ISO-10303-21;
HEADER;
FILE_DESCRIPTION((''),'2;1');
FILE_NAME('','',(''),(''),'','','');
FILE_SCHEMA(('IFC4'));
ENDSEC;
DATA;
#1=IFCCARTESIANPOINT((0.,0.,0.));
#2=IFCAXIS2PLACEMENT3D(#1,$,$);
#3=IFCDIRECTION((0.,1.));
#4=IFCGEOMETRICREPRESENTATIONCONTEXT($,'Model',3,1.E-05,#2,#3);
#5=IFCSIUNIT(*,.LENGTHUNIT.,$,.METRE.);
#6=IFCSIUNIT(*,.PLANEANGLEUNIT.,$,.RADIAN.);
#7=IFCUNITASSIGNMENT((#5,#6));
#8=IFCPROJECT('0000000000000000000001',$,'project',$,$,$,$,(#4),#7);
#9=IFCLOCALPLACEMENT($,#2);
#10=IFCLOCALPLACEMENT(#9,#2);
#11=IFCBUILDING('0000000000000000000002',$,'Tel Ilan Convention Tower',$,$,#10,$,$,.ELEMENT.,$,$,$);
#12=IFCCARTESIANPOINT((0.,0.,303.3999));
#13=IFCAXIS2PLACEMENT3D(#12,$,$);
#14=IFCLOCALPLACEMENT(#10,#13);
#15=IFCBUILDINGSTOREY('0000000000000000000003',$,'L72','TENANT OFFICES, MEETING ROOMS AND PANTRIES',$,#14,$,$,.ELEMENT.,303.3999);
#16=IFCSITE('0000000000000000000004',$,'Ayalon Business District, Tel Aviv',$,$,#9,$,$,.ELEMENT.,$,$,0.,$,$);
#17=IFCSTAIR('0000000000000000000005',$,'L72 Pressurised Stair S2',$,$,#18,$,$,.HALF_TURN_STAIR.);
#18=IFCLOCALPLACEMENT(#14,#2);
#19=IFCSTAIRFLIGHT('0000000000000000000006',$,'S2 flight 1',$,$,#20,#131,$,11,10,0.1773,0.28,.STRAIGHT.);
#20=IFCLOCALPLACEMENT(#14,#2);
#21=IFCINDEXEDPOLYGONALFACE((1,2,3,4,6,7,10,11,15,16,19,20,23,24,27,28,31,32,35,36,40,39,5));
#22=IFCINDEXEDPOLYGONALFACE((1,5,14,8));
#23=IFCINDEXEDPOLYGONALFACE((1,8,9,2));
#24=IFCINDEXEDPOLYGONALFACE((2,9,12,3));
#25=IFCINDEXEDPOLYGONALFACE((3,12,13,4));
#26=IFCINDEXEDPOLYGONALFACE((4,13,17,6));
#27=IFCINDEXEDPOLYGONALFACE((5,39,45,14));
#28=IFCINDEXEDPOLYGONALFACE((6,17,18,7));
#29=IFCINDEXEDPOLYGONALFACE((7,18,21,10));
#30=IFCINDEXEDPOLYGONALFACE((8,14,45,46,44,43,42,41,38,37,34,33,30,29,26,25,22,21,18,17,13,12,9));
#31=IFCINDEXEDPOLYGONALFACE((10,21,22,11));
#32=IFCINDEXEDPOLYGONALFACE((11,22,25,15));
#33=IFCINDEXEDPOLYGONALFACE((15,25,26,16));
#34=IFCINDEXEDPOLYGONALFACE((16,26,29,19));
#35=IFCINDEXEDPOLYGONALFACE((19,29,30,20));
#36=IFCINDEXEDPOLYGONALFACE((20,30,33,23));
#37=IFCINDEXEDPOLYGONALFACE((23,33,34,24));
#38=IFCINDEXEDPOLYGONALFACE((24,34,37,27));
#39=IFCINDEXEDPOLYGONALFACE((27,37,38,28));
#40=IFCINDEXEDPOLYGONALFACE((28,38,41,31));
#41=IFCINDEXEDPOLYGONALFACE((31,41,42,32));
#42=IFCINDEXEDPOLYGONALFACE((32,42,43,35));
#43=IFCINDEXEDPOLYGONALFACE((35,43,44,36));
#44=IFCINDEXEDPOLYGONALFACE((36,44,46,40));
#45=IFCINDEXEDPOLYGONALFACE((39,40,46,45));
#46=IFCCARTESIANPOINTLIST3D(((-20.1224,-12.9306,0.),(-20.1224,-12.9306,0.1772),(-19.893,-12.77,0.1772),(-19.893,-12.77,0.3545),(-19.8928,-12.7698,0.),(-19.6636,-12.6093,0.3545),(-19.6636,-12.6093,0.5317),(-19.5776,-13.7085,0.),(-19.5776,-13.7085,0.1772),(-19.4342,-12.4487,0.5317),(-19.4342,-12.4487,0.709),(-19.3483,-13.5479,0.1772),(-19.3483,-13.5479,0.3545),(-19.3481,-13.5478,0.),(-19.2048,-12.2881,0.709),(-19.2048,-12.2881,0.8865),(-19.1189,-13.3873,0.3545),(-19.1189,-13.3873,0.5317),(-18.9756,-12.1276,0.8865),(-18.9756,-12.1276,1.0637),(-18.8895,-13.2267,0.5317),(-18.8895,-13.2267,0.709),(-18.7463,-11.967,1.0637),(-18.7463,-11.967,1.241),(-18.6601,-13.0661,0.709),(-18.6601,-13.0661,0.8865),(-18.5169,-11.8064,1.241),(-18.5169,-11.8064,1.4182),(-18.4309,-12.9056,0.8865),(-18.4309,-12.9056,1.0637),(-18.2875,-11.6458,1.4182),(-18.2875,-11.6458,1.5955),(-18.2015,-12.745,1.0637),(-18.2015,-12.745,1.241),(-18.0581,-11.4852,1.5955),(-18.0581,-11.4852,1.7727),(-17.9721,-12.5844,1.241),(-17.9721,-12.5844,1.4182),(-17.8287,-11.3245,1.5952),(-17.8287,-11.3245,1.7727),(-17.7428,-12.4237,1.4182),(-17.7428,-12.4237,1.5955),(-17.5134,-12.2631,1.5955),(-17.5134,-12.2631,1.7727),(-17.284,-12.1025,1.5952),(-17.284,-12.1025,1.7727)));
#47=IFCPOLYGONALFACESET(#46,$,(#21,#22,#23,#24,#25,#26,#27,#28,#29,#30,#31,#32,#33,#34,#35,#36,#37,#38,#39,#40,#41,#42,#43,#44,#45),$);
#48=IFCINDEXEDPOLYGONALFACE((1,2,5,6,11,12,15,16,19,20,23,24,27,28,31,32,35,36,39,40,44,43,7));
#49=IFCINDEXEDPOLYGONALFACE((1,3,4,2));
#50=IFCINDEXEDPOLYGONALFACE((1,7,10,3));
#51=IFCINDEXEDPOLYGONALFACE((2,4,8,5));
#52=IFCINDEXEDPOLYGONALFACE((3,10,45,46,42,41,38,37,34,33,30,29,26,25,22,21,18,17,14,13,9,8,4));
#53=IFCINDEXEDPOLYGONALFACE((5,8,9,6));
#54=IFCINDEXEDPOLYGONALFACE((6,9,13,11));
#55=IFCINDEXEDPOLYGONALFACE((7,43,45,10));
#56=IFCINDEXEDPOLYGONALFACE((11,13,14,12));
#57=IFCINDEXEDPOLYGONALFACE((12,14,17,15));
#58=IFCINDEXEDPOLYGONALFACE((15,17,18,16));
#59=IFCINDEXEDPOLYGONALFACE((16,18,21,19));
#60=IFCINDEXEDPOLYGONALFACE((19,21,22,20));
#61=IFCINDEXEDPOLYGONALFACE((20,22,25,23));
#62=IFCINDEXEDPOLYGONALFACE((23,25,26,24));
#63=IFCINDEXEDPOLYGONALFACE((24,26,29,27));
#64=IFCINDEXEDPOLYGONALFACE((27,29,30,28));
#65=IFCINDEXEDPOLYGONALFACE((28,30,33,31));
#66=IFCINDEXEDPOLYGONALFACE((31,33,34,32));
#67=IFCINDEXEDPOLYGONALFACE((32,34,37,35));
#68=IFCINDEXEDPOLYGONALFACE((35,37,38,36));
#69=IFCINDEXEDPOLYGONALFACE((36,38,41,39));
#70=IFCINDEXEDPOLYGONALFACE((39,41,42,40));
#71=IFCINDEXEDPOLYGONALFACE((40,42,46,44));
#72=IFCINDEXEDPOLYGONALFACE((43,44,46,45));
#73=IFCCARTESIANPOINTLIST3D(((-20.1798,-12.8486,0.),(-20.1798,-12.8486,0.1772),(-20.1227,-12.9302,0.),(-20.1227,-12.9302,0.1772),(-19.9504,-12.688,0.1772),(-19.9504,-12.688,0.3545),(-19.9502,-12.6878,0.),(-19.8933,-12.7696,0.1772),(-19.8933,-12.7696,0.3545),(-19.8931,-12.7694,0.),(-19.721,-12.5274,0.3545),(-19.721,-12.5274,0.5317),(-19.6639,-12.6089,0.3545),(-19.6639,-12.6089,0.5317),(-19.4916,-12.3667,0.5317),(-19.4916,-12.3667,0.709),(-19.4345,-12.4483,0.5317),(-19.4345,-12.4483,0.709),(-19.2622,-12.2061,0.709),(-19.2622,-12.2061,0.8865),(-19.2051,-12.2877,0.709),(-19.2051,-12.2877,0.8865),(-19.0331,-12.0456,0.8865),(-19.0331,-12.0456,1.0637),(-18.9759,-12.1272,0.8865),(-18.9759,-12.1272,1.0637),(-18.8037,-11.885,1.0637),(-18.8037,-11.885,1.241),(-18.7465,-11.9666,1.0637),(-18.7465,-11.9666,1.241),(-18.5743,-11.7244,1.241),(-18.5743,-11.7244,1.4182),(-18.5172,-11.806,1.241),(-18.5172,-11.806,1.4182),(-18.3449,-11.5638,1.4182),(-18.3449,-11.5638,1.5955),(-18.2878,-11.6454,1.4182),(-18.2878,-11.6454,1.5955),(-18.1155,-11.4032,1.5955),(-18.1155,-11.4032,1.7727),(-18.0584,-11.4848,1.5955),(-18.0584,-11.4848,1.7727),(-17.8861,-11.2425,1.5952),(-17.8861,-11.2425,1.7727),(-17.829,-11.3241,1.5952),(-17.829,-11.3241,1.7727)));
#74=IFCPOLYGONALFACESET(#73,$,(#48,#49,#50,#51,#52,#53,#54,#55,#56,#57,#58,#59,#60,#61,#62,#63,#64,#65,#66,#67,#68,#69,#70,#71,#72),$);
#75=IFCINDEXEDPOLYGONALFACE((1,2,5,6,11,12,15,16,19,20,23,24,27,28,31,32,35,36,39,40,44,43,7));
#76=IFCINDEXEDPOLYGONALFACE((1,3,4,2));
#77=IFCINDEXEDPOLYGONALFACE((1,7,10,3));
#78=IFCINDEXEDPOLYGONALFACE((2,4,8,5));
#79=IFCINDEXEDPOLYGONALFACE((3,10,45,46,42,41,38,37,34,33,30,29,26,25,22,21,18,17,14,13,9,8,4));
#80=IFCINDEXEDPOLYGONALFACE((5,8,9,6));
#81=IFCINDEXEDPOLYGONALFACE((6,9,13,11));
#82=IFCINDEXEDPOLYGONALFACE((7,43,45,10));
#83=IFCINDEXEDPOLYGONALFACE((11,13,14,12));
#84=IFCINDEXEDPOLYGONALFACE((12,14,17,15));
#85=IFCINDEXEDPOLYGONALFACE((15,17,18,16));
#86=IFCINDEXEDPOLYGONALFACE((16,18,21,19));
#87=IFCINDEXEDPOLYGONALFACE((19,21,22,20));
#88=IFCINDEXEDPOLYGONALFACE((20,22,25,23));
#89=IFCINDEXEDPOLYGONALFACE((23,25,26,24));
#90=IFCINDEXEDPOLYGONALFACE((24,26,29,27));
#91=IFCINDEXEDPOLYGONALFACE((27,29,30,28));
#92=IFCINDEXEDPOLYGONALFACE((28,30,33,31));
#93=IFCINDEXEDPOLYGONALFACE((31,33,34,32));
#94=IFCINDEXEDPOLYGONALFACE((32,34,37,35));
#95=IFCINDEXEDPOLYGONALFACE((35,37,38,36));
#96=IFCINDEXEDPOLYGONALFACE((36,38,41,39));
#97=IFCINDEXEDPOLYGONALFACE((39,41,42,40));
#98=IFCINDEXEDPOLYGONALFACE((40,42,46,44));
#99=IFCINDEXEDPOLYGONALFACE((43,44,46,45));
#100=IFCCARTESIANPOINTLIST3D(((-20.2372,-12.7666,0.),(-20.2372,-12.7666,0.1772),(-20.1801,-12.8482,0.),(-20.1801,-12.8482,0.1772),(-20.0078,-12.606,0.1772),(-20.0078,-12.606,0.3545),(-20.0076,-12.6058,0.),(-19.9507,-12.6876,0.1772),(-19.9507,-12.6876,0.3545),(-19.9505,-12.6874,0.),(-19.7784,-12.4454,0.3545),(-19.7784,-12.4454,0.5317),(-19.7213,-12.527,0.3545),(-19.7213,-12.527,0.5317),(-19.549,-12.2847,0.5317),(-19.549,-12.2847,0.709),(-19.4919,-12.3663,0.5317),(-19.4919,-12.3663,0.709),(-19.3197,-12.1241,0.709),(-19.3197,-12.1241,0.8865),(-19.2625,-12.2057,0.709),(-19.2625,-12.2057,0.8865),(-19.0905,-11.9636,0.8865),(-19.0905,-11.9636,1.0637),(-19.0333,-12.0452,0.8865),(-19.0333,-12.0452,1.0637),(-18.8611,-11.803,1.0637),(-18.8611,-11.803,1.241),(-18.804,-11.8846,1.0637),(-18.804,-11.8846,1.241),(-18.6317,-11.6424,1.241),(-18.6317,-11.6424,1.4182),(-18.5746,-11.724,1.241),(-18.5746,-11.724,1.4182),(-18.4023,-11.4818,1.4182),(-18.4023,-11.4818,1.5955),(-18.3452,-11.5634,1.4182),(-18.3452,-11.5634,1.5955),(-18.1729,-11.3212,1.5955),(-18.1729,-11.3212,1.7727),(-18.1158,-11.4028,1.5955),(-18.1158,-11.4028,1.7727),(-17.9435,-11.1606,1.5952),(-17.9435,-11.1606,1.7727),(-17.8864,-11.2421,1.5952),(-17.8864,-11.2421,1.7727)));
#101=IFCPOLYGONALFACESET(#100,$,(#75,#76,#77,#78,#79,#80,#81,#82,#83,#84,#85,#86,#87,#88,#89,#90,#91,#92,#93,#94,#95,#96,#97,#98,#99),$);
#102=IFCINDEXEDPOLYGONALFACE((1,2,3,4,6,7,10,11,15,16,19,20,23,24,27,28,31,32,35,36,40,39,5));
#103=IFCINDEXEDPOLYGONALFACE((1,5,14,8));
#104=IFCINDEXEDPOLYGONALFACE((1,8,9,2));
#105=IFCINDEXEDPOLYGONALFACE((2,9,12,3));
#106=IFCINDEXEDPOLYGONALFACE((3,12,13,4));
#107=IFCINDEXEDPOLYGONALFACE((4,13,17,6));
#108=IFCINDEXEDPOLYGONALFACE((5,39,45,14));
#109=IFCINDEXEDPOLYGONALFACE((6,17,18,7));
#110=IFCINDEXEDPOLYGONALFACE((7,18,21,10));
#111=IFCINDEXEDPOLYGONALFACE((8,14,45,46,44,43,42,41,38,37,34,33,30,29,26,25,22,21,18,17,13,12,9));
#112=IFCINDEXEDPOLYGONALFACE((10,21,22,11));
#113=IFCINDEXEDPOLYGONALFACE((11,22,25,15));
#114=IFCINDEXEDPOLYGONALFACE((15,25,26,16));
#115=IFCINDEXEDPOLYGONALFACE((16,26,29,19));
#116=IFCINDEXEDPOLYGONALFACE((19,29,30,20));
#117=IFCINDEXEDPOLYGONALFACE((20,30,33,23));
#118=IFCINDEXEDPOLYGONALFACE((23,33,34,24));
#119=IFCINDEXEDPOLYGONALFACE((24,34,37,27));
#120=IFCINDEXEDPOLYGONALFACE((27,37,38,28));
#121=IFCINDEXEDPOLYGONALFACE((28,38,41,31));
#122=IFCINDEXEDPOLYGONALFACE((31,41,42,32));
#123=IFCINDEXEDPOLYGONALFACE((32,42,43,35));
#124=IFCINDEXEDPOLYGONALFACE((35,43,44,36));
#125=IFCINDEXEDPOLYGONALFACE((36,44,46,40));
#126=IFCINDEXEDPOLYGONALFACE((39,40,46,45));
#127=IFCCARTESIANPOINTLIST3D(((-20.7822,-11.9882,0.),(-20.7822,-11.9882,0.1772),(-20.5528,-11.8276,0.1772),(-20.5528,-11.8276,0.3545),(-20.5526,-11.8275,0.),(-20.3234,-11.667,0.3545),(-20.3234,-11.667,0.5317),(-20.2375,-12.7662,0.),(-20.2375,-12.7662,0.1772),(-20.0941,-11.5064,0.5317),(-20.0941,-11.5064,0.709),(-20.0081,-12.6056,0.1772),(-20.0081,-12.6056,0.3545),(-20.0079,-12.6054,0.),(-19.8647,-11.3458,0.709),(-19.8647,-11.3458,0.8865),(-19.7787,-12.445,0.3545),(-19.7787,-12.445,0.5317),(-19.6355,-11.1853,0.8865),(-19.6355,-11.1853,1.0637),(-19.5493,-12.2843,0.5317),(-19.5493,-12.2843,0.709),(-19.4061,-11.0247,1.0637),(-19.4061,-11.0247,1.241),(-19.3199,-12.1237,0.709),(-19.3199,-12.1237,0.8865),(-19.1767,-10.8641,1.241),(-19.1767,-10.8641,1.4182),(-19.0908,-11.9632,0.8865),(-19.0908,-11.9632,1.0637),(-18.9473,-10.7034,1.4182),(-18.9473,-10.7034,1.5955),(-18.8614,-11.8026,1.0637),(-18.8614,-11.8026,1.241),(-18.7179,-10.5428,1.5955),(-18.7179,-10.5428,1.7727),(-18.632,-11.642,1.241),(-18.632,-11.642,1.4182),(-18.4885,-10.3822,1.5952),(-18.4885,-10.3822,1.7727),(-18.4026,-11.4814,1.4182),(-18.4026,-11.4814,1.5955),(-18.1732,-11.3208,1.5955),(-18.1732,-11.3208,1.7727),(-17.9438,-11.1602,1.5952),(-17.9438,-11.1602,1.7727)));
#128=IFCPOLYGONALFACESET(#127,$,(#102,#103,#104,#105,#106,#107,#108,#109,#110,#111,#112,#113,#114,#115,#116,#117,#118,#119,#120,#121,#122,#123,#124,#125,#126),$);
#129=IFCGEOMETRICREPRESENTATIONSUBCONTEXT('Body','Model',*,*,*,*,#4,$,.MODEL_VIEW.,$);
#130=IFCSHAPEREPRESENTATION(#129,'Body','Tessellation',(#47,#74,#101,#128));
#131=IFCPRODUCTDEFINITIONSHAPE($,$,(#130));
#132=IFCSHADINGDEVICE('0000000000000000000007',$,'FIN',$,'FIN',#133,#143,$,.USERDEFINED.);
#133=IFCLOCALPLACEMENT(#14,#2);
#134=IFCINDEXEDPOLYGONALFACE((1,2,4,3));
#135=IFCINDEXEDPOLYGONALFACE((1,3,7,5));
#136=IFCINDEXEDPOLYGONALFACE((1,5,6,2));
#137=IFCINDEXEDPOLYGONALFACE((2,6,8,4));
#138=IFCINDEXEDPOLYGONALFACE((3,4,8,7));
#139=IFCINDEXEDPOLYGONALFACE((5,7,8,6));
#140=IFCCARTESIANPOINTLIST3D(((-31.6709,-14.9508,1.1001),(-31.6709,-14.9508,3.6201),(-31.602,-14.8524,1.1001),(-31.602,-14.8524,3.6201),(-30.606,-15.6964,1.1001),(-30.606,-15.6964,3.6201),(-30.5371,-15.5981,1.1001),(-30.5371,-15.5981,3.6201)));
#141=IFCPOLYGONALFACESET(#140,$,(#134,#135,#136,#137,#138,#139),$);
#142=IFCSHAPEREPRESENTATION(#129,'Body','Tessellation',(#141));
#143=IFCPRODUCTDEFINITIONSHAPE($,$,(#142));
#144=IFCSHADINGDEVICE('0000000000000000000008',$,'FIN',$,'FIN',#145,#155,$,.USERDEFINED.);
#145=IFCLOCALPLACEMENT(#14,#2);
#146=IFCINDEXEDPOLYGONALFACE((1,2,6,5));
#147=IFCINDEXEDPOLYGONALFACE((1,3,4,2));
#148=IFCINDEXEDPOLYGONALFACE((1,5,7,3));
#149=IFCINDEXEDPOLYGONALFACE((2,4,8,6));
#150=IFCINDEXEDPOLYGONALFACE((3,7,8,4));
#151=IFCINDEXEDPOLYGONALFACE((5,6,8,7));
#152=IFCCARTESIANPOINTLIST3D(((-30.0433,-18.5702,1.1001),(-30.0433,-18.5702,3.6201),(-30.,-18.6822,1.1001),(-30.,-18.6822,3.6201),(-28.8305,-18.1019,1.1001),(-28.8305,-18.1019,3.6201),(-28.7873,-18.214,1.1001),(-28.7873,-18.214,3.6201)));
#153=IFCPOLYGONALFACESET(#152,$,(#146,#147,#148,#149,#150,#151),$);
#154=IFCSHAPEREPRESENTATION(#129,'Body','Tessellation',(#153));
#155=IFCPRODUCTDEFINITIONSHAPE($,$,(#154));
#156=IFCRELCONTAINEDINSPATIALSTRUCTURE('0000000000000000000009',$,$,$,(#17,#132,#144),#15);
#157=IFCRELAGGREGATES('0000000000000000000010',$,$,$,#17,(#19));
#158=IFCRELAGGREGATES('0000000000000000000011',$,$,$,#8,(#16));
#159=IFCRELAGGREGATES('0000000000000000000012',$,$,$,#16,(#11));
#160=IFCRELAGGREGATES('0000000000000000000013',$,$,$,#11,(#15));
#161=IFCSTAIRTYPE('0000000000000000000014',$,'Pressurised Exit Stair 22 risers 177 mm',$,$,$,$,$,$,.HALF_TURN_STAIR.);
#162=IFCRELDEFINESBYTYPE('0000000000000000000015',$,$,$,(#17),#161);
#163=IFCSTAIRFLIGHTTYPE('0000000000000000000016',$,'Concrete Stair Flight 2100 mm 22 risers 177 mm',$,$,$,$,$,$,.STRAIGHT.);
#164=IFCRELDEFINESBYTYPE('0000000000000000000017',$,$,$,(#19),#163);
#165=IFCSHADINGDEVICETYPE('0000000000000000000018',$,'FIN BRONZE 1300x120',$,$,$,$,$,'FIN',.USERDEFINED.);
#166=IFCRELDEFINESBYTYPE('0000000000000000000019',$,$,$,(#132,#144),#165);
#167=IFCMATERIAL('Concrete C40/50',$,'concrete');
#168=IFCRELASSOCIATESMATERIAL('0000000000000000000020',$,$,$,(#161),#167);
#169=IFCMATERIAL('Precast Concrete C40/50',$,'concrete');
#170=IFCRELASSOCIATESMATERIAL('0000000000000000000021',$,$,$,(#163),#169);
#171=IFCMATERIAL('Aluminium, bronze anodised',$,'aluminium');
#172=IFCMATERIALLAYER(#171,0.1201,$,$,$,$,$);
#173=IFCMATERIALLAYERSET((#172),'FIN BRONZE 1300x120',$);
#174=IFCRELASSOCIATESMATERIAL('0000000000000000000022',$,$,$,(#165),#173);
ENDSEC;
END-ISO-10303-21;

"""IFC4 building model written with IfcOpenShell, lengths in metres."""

from ifc_helpers import new_model, si_unit, direction, frame, origin, origin_2d, place, context, subcontext, project, spatial, polyline, rectangle, outline, extrude, material, layer, layer_set, type_object, element, aggregate, save


model = new_model("IFC4")

# Units and contexts
model_context = context("Model", 3, precision=1e-05, world=origin(), true_north=direction((0.0, 1.0)))
body_context = subcontext(model_context, "Body", "Model", "MODEL_VIEW")
ifc_project = project(units=[si_unit("LENGTHUNIT", "METRE"), si_unit("PLANEANGLEUNIT", "RADIAN")], contexts=[model_context])

# Site, building, storey
site_placement = place(None, origin())
site = spatial("IfcSite", under=ifc_project, at=site_placement, Name="Ayalon Business District, Tel Aviv", CompositionType="ELEMENT", RefElevation=0.0)
building_placement = place(site_placement, origin())
building = spatial("IfcBuilding", under=site, at=building_placement, Name="Tel Ilan Convention Tower", CompositionType="ELEMENT")
storey_placement = place(building_placement, frame((0.0, 0.0, 303.3999)))
storey = spatial("IfcBuildingStorey", under=building, at=storey_placement, Name="L72", Description="TENANT OFFICES, MEETING ROOMS AND PANTRIES", CompositionType="ELEMENT", Elevation=303.3999)

# Stair, stair flight
ifc_material_1 = material(Name="Concrete C40/50", Category="concrete")
stair_type = type_object("IfcStairType", Name="Pressurised Exit Stair 22 risers 177 mm", PredefinedType="HALF_TURN_STAIR", material=ifc_material_1)
stair_placement = place(storey_placement, origin())
stair = element("IfcStair", 1, at=stair_placement, inside=storey, type_object=stair_type, Name="L72 Pressurised Stair S2", PredefinedType="HALF_TURN_STAIR")
ifc_material_2 = material(Name="Precast Concrete C40/50", Category="concrete")
stair_flight_type = type_object("IfcStairFlightType", Name="Concrete Stair Flight 2100 mm 22 risers 177 mm", PredefinedType="STRAIGHT", material=ifc_material_2)
stair_flight_placement = place(storey_placement, frame((-20.1799, -12.8484, 0.0), z_axis=(0.0, 0.0, 1.0), x_axis=(0.819152, 0.573576, 0.0)))
stair_flight = element("IfcStairFlight", 2, at=stair_flight_placement, type_object=stair_flight_type, Name="S2 flight 1", NumberOfRisers=11, NumberOfTreads=10, PredefinedType="STRAIGHT", RiserHeight=0.1773, TreadLength=0.28, context=body_context, shape_type="SweptSolid", body=[
    extrude(outline(polyline([(0.0, 0.0), (0.0, 0.1772), (0.28, 0.1772), (0.28, 0.3545), (0.5601, 0.3545), (0.5601, 0.5317), (0.8401, 0.5317), (0.8401, 0.709), (1.1201, 0.709), (1.1201, 0.8865), (1.3999, 0.8865), (1.3999, 1.0637), (1.6799, 1.0637), (1.6799, 1.241), (1.96, 1.241), (1.96, 1.4182), (2.24, 1.4182), (2.24, 1.5955), (2.52, 1.5955), (2.52, 1.7727), (2.8, 1.7727), (2.8, 1.95), (2.8, 1.5952), (0.2803, 0.0), (0.0, 0.0)])), frame((0.0, -0.1003, 0.0), z_axis=(0.0, -1.0, 0.0), x_axis=(1.0, 0.0, 0.0)), (0.0, 0.0, 1.0), 0.9497),
    extrude(outline(polyline([(0.0, 0.0), (0.0, 0.1772), (0.28, 0.1772), (0.28, 0.3545), (0.5601, 0.3545), (0.5601, 0.5317), (0.8401, 0.5317), (0.8401, 0.709), (1.1201, 0.709), (1.1201, 0.8865), (1.3999, 0.8865), (1.3999, 1.0637), (1.6799, 1.0637), (1.6799, 1.241), (1.96, 1.241), (1.96, 1.4182), (2.24, 1.4182), (2.24, 1.5955), (2.52, 1.5955), (2.52, 1.7727), (2.8, 1.7727), (2.8, 1.95), (2.8, 1.5952), (0.2803, 0.0), (0.0, 0.0)])), frame((0.0, -0.0002, 0.0), z_axis=(0.0, -1.0, 0.0), x_axis=(1.0, 0.0, 0.0)), (0.0, 0.0, 1.0), 0.0996),
    extrude(outline(polyline([(0.0, 0.0), (0.0, 0.1772), (0.28, 0.1772), (0.28, 0.3545), (0.5601, 0.3545), (0.5601, 0.5317), (0.8401, 0.5317), (0.8401, 0.709), (1.1201, 0.709), (1.1201, 0.8865), (1.3999, 0.8865), (1.3999, 1.0637), (1.6799, 1.0637), (1.6799, 1.241), (1.96, 1.241), (1.96, 1.4182), (2.24, 1.4182), (2.24, 1.5955), (2.52, 1.5955), (2.52, 1.7727), (2.8, 1.7727), (2.8, 1.95), (2.8, 1.5952), (0.2803, 0.0), (0.0, 0.0)])), frame((0.0, 0.0999, 0.0), z_axis=(0.0, -1.0, 0.0), x_axis=(1.0, 0.0, 0.0)), (0.0, 0.0, 1.0), 0.0996),
    extrude(outline(polyline([(0.0, 0.0), (0.0, 0.1772), (0.28, 0.1772), (0.28, 0.3545), (0.5601, 0.3545), (0.5601, 0.5317), (0.8401, 0.5317), (0.8401, 0.709), (1.1201, 0.709), (1.1201, 0.8865), (1.3999, 0.8865), (1.3999, 1.0637), (1.6799, 1.0637), (1.6799, 1.241), (1.96, 1.241), (1.96, 1.4182), (2.24, 1.4182), (2.24, 1.5955), (2.52, 1.5955), (2.52, 1.7727), (2.8, 1.7727), (2.8, 1.95), (2.8, 1.5952), (0.2803, 0.0), (0.0, 0.0)])), frame((0.0, 1.05, 0.0), z_axis=(0.0, -1.0, 0.0), x_axis=(1.0, 0.0, 0.0)), (0.0, 0.0, 1.0), 0.9497),
])
aggregate(stair, [stair_flight])

# Shading devices
ifc_material_3 = material(Name="Aluminium, bronze anodised", Category="aluminium")
ifc_layer_1 = layer(ifc_material_3, 0.1201)
ifc_layer_set_1 = layer_set([ifc_layer_1], Name="FIN BRONZE 1300x120")
shading_device_type = type_object("IfcShadingDeviceType", Name="FIN BRONZE 1300x120", ElementType="FIN", PredefinedType="USERDEFINED", material=ifc_layer_set_1)
for number, where, z_axis, x_axis, name in (
    (3, (-31.104, -15.2744, 1.1001), (0.0, 0.0, 1.0), (-0.819152, 0.573576, 0.0), "FIN"),
    (4, (-29.4153, -18.3921, 1.1001), (0.0, 0.0, 1.0), (-0.932884, -0.360178, 0.0), "FIN"),
):
    element("IfcShadingDevice", number, at=place(storey_placement, frame(where, z_axis=z_axis, x_axis=x_axis)), inside=storey, type_object=shading_device_type, Name=name, ObjectType="FIN", PredefinedType="USERDEFINED", context=body_context, shape_type="SweptSolid", body=[
        extrude(rectangle(XDim=1.3, YDim=0.1201, at=origin_2d()), origin(), (0.0, 0.0, 1.0), 2.52),
    ])

save(model, "model.ifc")
